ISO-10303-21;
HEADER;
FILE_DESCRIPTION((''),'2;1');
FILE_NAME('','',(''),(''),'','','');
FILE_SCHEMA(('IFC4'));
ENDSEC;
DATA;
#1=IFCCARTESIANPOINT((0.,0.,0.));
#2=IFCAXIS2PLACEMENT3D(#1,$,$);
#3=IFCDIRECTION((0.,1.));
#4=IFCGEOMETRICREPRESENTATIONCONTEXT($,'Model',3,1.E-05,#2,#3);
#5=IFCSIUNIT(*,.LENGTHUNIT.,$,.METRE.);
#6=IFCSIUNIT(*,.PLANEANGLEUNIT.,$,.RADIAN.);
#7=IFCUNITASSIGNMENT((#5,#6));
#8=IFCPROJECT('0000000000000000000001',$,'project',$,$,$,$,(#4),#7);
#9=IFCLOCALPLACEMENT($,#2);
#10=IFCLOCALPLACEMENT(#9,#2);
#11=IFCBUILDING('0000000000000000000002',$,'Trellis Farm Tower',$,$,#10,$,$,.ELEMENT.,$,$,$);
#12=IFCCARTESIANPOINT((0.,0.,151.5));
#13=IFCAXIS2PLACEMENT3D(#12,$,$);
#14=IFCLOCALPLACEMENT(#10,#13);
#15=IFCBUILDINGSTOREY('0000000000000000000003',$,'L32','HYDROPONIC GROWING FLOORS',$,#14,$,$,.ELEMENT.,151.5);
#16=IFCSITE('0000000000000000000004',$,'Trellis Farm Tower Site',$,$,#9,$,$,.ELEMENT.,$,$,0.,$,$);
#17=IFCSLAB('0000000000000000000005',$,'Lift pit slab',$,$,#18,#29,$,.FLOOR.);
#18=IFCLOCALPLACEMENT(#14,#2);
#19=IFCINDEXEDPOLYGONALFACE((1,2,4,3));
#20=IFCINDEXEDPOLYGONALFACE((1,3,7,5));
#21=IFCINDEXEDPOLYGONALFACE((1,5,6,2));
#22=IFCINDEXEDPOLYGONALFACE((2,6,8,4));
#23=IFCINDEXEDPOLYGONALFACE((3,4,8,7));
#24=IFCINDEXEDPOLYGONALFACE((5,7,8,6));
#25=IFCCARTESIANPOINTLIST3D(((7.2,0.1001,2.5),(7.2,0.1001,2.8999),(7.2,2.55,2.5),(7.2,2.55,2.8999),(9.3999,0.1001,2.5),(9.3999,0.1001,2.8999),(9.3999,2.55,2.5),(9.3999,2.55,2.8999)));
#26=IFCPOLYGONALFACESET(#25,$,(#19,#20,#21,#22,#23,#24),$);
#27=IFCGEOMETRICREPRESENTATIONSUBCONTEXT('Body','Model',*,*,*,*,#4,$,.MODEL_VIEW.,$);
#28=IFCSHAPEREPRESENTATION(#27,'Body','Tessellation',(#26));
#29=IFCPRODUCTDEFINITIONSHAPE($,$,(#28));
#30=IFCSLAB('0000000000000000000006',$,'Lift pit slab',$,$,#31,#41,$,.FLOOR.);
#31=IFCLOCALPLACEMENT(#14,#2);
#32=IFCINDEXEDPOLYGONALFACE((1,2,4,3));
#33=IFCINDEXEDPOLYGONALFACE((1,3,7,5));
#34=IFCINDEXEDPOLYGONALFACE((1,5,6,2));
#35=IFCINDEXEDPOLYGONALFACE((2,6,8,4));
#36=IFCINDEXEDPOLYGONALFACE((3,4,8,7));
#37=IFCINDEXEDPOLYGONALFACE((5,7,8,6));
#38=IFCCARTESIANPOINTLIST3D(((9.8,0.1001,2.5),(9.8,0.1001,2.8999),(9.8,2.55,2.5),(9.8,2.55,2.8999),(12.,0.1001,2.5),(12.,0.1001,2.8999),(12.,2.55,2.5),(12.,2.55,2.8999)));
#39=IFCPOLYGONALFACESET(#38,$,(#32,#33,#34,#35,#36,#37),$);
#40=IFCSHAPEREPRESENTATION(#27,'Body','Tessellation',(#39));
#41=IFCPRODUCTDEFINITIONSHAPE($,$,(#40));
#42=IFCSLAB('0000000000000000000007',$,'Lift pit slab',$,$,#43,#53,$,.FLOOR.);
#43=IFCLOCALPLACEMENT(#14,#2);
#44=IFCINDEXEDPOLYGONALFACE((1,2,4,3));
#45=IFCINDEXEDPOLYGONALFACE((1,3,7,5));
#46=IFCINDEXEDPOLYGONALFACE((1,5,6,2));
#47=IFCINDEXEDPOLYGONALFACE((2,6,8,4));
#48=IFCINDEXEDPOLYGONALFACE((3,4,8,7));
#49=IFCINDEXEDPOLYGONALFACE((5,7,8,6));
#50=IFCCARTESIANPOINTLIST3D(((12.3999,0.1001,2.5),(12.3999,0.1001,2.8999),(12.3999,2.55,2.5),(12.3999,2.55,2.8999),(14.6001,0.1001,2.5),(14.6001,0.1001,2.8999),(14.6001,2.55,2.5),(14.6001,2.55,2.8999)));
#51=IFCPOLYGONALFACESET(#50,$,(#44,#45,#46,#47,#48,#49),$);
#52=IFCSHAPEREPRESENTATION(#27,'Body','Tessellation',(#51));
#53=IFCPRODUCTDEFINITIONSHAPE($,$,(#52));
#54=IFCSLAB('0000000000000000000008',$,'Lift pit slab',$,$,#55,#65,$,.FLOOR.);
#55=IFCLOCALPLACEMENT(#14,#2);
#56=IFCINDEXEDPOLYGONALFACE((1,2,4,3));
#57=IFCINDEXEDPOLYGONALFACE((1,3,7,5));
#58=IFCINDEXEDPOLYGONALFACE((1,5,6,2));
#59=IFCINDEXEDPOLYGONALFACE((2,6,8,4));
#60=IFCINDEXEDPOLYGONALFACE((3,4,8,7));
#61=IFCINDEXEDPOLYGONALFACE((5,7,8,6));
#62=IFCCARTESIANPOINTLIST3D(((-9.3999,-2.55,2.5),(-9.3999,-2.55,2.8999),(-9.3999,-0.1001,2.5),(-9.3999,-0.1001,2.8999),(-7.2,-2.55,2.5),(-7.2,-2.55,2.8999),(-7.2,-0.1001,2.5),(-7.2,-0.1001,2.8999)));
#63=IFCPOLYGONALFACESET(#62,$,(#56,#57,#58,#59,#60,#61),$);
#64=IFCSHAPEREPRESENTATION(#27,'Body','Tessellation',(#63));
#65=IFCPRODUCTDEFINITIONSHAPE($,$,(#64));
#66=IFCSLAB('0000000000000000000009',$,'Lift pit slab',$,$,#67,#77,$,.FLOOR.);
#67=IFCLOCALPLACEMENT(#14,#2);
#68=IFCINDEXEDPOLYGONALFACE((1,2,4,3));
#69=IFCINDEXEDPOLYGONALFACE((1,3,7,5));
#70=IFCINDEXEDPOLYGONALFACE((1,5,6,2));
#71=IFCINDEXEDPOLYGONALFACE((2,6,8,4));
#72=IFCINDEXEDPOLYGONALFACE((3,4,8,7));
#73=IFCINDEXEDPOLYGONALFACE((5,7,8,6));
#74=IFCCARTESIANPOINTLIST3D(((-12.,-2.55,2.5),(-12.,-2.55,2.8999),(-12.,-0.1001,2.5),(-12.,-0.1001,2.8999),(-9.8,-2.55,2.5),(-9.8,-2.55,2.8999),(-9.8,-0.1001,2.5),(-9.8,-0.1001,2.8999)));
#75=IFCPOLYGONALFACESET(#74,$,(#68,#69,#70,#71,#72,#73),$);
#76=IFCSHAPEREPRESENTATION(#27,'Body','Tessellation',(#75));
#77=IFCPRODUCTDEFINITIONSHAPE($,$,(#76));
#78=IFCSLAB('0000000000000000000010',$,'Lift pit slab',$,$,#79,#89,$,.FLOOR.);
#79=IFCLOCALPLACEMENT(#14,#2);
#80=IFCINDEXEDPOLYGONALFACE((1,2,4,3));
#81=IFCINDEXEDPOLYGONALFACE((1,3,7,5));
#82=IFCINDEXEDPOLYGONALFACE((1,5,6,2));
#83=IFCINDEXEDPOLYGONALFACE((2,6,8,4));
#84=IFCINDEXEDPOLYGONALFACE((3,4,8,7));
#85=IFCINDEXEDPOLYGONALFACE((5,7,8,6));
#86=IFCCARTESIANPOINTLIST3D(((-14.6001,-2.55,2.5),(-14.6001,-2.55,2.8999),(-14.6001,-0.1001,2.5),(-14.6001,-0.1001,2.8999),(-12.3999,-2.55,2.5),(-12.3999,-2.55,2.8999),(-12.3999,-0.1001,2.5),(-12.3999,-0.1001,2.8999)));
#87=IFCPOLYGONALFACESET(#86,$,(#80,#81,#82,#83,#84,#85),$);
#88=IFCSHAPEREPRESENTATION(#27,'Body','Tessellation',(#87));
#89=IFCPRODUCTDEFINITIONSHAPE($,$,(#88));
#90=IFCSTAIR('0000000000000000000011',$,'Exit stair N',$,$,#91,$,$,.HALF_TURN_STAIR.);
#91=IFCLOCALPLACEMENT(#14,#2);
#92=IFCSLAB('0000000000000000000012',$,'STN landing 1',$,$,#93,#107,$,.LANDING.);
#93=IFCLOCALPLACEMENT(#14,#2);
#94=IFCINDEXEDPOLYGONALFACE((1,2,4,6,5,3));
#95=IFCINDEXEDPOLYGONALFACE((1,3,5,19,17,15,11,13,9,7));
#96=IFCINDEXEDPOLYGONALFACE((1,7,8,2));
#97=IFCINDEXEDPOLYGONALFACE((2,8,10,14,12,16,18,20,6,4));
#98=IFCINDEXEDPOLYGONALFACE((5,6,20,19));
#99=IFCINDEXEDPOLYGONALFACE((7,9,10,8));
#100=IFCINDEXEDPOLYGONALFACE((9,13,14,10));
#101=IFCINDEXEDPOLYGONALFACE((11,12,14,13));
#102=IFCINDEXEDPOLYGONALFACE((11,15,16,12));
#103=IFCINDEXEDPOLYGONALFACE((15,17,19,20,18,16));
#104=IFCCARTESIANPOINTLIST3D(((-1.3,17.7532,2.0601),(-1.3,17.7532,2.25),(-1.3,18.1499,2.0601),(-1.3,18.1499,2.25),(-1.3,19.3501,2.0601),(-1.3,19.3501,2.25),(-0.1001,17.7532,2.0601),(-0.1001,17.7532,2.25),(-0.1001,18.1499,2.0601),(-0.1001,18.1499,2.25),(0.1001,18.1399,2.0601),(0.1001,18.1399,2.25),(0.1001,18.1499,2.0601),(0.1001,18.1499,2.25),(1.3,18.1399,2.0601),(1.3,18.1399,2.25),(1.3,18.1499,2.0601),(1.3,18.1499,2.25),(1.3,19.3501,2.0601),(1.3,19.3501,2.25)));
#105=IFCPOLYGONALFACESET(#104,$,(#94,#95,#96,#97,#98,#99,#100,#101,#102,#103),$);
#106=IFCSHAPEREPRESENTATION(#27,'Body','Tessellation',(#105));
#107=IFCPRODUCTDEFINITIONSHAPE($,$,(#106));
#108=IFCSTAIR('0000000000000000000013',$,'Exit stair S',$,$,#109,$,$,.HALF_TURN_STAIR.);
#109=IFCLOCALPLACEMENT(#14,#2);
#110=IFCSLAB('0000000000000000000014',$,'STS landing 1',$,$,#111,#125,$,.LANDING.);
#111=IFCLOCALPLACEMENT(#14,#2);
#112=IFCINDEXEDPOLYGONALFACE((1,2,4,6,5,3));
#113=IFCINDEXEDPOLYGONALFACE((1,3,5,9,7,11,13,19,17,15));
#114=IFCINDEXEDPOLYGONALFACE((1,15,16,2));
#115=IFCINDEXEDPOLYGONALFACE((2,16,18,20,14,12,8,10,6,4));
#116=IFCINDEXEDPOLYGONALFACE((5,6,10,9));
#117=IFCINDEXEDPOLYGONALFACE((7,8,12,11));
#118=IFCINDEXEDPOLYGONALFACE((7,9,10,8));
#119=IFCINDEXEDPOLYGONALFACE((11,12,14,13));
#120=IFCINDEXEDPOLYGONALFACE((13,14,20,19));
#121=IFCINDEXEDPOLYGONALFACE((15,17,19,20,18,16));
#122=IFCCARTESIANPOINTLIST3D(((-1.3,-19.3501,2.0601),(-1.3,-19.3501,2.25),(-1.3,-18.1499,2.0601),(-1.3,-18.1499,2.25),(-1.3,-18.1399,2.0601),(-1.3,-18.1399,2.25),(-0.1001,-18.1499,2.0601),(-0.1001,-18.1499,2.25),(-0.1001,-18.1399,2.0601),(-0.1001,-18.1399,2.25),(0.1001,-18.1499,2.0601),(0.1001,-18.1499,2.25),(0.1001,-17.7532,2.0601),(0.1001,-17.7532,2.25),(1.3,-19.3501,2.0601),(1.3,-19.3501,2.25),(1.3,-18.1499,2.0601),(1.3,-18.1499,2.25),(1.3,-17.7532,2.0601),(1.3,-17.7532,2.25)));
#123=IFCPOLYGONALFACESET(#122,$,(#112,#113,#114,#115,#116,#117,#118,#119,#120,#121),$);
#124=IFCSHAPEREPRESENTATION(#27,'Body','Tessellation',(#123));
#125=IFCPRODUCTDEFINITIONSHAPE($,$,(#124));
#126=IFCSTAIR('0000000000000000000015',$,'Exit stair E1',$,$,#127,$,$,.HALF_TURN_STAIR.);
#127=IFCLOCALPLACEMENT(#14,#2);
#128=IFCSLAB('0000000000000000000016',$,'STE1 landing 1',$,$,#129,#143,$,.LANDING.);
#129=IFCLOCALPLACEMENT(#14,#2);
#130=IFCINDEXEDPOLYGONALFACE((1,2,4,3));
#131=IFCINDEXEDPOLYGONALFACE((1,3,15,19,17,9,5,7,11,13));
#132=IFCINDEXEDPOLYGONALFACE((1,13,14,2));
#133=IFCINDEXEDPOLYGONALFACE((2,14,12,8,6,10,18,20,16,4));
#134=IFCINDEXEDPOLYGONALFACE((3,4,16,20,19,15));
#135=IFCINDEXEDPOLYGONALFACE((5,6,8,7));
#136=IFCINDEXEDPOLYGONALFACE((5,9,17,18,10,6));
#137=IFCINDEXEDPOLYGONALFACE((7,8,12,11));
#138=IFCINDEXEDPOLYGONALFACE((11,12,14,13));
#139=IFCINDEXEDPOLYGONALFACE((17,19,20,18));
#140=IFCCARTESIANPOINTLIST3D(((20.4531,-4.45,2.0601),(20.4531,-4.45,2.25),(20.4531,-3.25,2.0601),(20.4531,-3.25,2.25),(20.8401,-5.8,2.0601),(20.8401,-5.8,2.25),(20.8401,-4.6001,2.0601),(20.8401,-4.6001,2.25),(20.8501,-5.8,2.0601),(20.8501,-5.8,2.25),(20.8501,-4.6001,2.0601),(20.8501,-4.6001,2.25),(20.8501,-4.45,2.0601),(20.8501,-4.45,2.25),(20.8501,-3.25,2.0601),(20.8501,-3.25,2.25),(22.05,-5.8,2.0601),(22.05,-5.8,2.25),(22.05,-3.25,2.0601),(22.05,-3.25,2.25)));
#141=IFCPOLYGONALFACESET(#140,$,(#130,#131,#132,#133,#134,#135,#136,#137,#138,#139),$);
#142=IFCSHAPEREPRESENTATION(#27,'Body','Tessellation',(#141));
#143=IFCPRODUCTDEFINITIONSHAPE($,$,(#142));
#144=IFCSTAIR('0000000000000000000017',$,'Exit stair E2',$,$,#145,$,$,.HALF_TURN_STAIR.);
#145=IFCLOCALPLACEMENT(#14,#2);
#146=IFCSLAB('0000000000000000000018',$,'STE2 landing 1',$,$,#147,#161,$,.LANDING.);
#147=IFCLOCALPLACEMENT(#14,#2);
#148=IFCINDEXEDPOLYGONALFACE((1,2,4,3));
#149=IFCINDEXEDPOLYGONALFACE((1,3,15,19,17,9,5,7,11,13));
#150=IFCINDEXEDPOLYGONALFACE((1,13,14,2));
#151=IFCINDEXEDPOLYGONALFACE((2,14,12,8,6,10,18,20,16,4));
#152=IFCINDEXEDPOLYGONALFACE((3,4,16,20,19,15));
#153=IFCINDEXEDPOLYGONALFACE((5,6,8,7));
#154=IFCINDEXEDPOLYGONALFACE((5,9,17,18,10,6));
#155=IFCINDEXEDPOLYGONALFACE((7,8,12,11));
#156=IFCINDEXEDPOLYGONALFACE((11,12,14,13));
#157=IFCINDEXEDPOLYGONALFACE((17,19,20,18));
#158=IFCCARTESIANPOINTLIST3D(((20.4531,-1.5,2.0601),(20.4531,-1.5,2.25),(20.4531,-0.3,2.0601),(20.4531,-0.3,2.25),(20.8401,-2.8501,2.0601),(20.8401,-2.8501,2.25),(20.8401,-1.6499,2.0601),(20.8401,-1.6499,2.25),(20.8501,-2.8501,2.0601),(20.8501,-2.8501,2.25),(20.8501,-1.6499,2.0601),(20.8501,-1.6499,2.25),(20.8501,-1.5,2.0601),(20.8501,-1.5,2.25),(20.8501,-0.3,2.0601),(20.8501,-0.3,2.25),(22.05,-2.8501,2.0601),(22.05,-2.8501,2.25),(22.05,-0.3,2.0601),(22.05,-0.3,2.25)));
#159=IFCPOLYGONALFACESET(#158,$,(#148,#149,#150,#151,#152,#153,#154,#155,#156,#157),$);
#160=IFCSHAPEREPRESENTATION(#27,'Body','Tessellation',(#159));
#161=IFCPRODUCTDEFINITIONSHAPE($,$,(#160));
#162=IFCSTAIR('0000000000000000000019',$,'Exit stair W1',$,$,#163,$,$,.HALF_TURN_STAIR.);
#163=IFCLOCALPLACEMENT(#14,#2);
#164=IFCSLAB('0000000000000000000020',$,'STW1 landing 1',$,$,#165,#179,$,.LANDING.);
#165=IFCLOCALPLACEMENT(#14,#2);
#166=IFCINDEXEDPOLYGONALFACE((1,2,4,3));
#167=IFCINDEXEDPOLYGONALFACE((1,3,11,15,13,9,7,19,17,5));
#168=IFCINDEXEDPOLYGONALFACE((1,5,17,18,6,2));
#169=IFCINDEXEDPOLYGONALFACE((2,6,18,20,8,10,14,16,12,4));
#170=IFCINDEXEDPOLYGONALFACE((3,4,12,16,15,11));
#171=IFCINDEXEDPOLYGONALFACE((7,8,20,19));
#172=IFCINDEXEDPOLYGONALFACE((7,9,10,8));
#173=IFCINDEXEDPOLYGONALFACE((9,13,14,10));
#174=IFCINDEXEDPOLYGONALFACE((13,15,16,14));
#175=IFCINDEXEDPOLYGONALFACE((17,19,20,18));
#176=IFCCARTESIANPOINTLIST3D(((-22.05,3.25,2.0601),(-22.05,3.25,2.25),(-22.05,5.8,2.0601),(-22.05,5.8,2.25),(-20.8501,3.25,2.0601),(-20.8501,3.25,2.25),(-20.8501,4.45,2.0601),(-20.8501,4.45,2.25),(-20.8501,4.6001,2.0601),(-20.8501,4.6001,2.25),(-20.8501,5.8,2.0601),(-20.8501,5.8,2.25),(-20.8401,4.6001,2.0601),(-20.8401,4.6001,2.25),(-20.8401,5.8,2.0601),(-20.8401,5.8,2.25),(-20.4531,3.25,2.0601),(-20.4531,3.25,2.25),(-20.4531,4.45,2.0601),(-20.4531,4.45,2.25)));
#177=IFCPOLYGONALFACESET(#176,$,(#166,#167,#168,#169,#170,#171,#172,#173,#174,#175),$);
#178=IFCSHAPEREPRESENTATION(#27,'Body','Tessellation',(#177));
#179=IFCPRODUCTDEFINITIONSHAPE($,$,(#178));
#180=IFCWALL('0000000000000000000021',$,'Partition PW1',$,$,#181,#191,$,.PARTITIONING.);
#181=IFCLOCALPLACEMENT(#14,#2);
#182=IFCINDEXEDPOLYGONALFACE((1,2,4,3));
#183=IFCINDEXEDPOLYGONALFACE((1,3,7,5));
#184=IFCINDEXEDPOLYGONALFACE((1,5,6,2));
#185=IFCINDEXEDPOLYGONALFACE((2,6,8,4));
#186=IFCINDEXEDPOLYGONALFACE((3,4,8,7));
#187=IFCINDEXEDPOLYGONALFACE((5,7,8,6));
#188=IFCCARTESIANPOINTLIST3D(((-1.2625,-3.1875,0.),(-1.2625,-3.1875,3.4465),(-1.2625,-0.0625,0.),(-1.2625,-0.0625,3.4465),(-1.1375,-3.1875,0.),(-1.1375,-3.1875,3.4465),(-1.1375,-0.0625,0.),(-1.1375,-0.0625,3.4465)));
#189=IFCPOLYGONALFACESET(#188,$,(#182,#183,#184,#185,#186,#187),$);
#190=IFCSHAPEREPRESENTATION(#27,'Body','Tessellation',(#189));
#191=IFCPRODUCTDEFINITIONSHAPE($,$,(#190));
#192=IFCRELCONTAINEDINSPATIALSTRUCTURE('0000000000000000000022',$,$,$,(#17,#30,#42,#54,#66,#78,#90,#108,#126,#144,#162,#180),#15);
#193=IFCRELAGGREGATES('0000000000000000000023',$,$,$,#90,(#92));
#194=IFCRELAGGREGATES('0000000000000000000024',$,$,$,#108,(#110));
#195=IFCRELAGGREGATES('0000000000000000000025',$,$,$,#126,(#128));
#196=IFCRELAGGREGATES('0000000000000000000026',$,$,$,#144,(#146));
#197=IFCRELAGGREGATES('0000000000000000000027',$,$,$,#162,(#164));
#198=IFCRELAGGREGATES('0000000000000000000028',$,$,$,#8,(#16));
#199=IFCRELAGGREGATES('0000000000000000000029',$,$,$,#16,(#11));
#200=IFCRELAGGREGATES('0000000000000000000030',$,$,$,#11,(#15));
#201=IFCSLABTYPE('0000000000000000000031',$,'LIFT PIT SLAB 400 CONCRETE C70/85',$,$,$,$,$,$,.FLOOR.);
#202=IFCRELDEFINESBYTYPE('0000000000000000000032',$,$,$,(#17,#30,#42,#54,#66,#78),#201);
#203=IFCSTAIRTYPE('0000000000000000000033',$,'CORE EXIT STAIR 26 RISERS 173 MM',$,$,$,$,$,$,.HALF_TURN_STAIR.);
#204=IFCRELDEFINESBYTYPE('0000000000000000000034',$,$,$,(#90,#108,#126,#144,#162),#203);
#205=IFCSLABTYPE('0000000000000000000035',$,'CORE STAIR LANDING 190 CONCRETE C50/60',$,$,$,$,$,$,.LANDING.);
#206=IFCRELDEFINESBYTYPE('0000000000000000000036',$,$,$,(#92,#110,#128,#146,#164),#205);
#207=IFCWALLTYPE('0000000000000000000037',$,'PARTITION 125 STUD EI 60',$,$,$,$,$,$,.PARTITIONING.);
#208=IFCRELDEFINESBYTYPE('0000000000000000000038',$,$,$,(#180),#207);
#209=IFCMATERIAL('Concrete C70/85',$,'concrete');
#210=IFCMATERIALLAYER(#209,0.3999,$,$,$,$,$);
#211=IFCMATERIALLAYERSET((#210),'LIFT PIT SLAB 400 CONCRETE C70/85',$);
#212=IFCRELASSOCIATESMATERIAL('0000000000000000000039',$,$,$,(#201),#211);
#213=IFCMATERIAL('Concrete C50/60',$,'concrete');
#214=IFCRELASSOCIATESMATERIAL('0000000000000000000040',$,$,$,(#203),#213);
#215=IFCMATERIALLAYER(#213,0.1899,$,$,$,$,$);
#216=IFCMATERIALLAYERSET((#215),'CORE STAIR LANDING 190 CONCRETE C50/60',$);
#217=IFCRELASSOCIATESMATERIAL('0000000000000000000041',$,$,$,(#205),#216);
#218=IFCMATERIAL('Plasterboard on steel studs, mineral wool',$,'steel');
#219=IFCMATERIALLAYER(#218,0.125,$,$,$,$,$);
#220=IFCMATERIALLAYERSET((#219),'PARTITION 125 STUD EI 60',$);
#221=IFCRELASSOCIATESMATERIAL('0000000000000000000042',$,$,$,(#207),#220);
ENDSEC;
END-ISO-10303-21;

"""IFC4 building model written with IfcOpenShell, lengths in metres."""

from ifc_helpers import new_model, si_unit, direction, frame, frame_2d, origin, place, context, subcontext, project, spatial, polyline, rectangle, outline, extrude, source, transform, mapped, material, layer, layer_set, type_object, element, aggregate, save


model = new_model("IFC4")

# Units and contexts
model_context = context("Model", 3, precision=1e-05, world=origin(), true_north=direction((0.0, 1.0)))
body_context = subcontext(model_context, "Body", "Model", "MODEL_VIEW")
ifc_project = project(units=[si_unit("LENGTHUNIT", "METRE"), si_unit("PLANEANGLEUNIT", "RADIAN")], contexts=[model_context])

# Site, building, storey
site_placement = place(None, origin())
site = spatial("IfcSite", under=ifc_project, at=site_placement, Name="Trellis Farm Tower Site", CompositionType="ELEMENT", RefElevation=0.0)
building_placement = place(site_placement, origin())
building = spatial("IfcBuilding", under=site, at=building_placement, Name="Trellis Farm Tower", CompositionType="ELEMENT")
storey_placement = place(building_placement, frame((0.0, 0.0, 151.5)))
storey = spatial("IfcBuildingStorey", under=building, at=storey_placement, Name="L32", Description="HYDROPONIC GROWING FLOORS", CompositionType="ELEMENT", Elevation=151.5)

# Slabs
ifc_material_1 = material(Name="Concrete C70/85", Category="concrete")
ifc_layer_1 = layer(ifc_material_1, 0.3999)
ifc_layer_set_1 = layer_set([ifc_layer_1], Name="LIFT PIT SLAB 400 CONCRETE C70/85")
slab_type_1 = type_object("IfcSlabType", Name="LIFT PIT SLAB 400 CONCRETE C70/85", PredefinedType="FLOOR", material=ifc_layer_set_1)
placement_1 = place(storey_placement, frame((0.0, 0.0, 2.5)))
element("IfcSlab", 1, at=placement_1, inside=storey, type_object=slab_type_1, Name="Lift pit slab", PredefinedType="FLOOR", context=body_context, shape_type="SweptSolid", body=[
    extrude(outline(polyline([(7.2, 0.1001), (9.3999, 0.1001), (9.3999, 2.55), (7.2, 2.55), (7.2, 0.1001)])), origin(), (0.0, 0.0, 1.0), 0.3999),
])
element("IfcSlab", 2, at=placement_1, inside=storey, type_object=slab_type_1, Name="Lift pit slab", PredefinedType="FLOOR", context=body_context, shape_type="SweptSolid", body=[
    extrude(outline(polyline([(9.8, 0.1001), (12.0, 0.1001), (12.0, 2.55), (9.8, 2.55), (9.8, 0.1001)])), origin(), (0.0, 0.0, 1.0), 0.3999),
])
element("IfcSlab", 3, at=placement_1, inside=storey, type_object=slab_type_1, Name="Lift pit slab", PredefinedType="FLOOR", context=body_context, shape_type="SweptSolid", body=[
    extrude(outline(polyline([(12.3999, 0.1001), (14.6001, 0.1001), (14.6001, 2.55), (12.3999, 2.55), (12.3999, 0.1001)])), origin(), (0.0, 0.0, 1.0), 0.3999),
])
element("IfcSlab", 4, at=placement_1, inside=storey, type_object=slab_type_1, Name="Lift pit slab", PredefinedType="FLOOR", context=body_context, shape_type="SweptSolid", body=[
    extrude(outline(polyline([(-7.2, -0.1001), (-9.3999, -0.1001), (-9.3999, -2.55), (-7.2, -2.55), (-7.2, -0.1001)])), origin(), (0.0, 0.0, 1.0), 0.3999),
])
element("IfcSlab", 5, at=placement_1, inside=storey, type_object=slab_type_1, Name="Lift pit slab", PredefinedType="FLOOR", context=body_context, shape_type="SweptSolid", body=[
    extrude(outline(polyline([(-9.8, -0.1001), (-12.0, -0.1001), (-12.0, -2.55), (-9.8, -2.55), (-9.8, -0.1001)])), origin(), (0.0, 0.0, 1.0), 0.3999),
])
element("IfcSlab", 6, at=placement_1, inside=storey, type_object=slab_type_1, Name="Lift pit slab", PredefinedType="FLOOR", context=body_context, shape_type="SweptSolid", body=[
    extrude(outline(polyline([(-12.3999, -0.1001), (-14.6001, -0.1001), (-14.6001, -2.55), (-12.3999, -2.55), (-12.3999, -0.1001)])), origin(), (0.0, 0.0, 1.0), 0.3999),
])

# Stairs, slabs
ifc_material_2 = material(Name="Concrete C50/60", Category="concrete")
stair_type = type_object("IfcStairType", Name="CORE EXIT STAIR 26 RISERS 173 MM", PredefinedType="HALF_TURN_STAIR", material=ifc_material_2)
placement_2 = place(storey_placement, origin())
stair_1 = element("IfcStair", 7, at=placement_2, inside=storey, type_object=stair_type, Name="Exit stair N", PredefinedType="HALF_TURN_STAIR")
ifc_layer_2 = layer(ifc_material_2, 0.1899)
ifc_layer_set_2 = layer_set([ifc_layer_2], Name="CORE STAIR LANDING 190 CONCRETE C50/60")
slab_type_2 = type_object("IfcSlabType", Name="CORE STAIR LANDING 190 CONCRETE C50/60", PredefinedType="LANDING", material=ifc_layer_set_2)
shared_shape_1 = source(origin(), body_context, "Body", "SweptSolid", [
    extrude(outline(polyline([(-0.1001, 17.7532), (-1.3, 17.7532), (-1.3, 18.1499), (-1.3, 19.3501), (1.3, 19.3501), (1.3, 18.1499), (1.3, 18.1399), (0.1001, 18.1399), (0.1001, 18.1499), (-0.1001, 18.1499), (-0.1001, 17.7532)])), origin(), (0.0, 0.0, 1.0), 0.1899),
])
placement_3 = place(storey_placement, frame((0.0, 0.0, 2.0601)))
slab_1 = element("IfcSlab", 8, at=placement_3, type_object=slab_type_2, Name="STN landing 1", PredefinedType="LANDING", context=body_context, shape_type="MappedRepresentation", body=[
    mapped(shared_shape_1, transform((0.0, 0.0, 0.0))),
])
aggregate(stair_1, [slab_1])
stair_2 = element("IfcStair", 9, at=placement_2, inside=storey, type_object=stair_type, Name="Exit stair S", PredefinedType="HALF_TURN_STAIR")
shared_shape_2 = source(origin(), body_context, "Body", "SweptSolid", [
    extrude(outline(polyline([(1.3, -19.3501), (-1.3, -19.3501), (-1.3, -18.1499), (-1.3, -18.1399), (-0.1001, -18.1399), (-0.1001, -18.1499), (0.1001, -18.1499), (0.1001, -17.7532), (1.3, -17.7532), (1.3, -18.1499), (1.3, -19.3501)])), origin(), (0.0, 0.0, 1.0), 0.1899),
])
slab_2 = element("IfcSlab", 10, at=placement_3, type_object=slab_type_2, Name="STS landing 1", PredefinedType="LANDING", context=body_context, shape_type="MappedRepresentation", body=[
    mapped(shared_shape_2, transform((0.0, 0.0, 0.0))),
])
aggregate(stair_2, [slab_2])
stair_3 = element("IfcStair", 11, at=placement_2, inside=storey, type_object=stair_type, Name="Exit stair E1", PredefinedType="HALF_TURN_STAIR")
shared_shape_3 = source(origin(), body_context, "Body", "SweptSolid", [
    extrude(outline(polyline([(20.8401, -5.8), (20.8401, -4.6001), (20.8501, -4.6001), (20.8501, -4.45), (20.4531, -4.45), (20.4531, -3.25), (20.8501, -3.25), (22.05, -3.25), (22.05, -5.8), (20.8501, -5.8), (20.8401, -5.8)])), origin(), (0.0, 0.0, 1.0), 0.1899),
])
slab_3 = element("IfcSlab", 12, at=placement_3, type_object=slab_type_2, Name="STE1 landing 1", PredefinedType="LANDING", context=body_context, shape_type="MappedRepresentation", body=[
    mapped(shared_shape_3, transform((0.0, 0.0, 0.0))),
])
aggregate(stair_3, [slab_3])
stair_4 = element("IfcStair", 13, at=placement_2, inside=storey, type_object=stair_type, Name="Exit stair E2", PredefinedType="HALF_TURN_STAIR")
shared_shape_4 = source(origin(), body_context, "Body", "SweptSolid", [
    extrude(outline(polyline([(20.8401, -2.8501), (20.8401, -1.6499), (20.8501, -1.6499), (20.8501, -1.5), (20.4531, -1.5), (20.4531, -0.3), (20.8501, -0.3), (22.05, -0.3), (22.05, -2.8501), (20.8501, -2.8501), (20.8401, -2.8501)])), origin(), (0.0, 0.0, 1.0), 0.1899),
])
slab_4 = element("IfcSlab", 14, at=placement_3, type_object=slab_type_2, Name="STE2 landing 1", PredefinedType="LANDING", context=body_context, shape_type="MappedRepresentation", body=[
    mapped(shared_shape_4, transform((0.0, 0.0, 0.0))),
])
aggregate(stair_4, [slab_4])
stair_5 = element("IfcStair", 15, at=placement_2, inside=storey, type_object=stair_type, Name="Exit stair W1", PredefinedType="HALF_TURN_STAIR")
shared_shape_5 = source(origin(), body_context, "Body", "SweptSolid", [
    extrude(outline(polyline([(-20.4531, 4.45), (-20.4531, 3.25), (-20.8501, 3.25), (-22.05, 3.25), (-22.05, 5.8), (-20.8501, 5.8), (-20.8401, 5.8), (-20.8401, 4.6001), (-20.8501, 4.6001), (-20.8501, 4.45), (-20.4531, 4.45)])), origin(), (0.0, 0.0, 1.0), 0.1899),
])
slab_5 = element("IfcSlab", 16, at=placement_3, type_object=slab_type_2, Name="STW1 landing 1", PredefinedType="LANDING", context=body_context, shape_type="MappedRepresentation", body=[
    mapped(shared_shape_5, transform((0.0, 0.0, 0.0))),
])
aggregate(stair_5, [slab_5])

# Wall
ifc_material_3 = material(Name="Plasterboard on steel studs, mineral wool", Category="steel")
ifc_layer_3 = layer(ifc_material_3, 0.125)
ifc_layer_set_3 = layer_set([ifc_layer_3], Name="PARTITION 125 STUD EI 60")
wall_type = type_object("IfcWallType", Name="PARTITION 125 STUD EI 60", PredefinedType="PARTITIONING", material=ifc_layer_set_3)
shared_shape_6 = source(origin(), body_context, "Body", "SweptSolid", [
    extrude(rectangle(XDim=3.125, YDim=0.125, at=frame_2d((1.5625, 0.0))), origin(), (0.0, 0.0, 1.0), 3.4465),
])
wall_1_placement = place(storey_placement, frame((-1.2, -0.0625, 0.0), z_axis=(0.0, 0.0, 1.0), x_axis=(0.0, -1.0, 0.0)))
element("IfcWall", 17, at=wall_1_placement, inside=storey, type_object=wall_type, Name="Partition PW1", PredefinedType="PARTITIONING", context=body_context, shape_type="MappedRepresentation", body=[
    mapped(shared_shape_6, transform((0.0, 0.0, 0.0))),
])

save(model, "model.ifc")
